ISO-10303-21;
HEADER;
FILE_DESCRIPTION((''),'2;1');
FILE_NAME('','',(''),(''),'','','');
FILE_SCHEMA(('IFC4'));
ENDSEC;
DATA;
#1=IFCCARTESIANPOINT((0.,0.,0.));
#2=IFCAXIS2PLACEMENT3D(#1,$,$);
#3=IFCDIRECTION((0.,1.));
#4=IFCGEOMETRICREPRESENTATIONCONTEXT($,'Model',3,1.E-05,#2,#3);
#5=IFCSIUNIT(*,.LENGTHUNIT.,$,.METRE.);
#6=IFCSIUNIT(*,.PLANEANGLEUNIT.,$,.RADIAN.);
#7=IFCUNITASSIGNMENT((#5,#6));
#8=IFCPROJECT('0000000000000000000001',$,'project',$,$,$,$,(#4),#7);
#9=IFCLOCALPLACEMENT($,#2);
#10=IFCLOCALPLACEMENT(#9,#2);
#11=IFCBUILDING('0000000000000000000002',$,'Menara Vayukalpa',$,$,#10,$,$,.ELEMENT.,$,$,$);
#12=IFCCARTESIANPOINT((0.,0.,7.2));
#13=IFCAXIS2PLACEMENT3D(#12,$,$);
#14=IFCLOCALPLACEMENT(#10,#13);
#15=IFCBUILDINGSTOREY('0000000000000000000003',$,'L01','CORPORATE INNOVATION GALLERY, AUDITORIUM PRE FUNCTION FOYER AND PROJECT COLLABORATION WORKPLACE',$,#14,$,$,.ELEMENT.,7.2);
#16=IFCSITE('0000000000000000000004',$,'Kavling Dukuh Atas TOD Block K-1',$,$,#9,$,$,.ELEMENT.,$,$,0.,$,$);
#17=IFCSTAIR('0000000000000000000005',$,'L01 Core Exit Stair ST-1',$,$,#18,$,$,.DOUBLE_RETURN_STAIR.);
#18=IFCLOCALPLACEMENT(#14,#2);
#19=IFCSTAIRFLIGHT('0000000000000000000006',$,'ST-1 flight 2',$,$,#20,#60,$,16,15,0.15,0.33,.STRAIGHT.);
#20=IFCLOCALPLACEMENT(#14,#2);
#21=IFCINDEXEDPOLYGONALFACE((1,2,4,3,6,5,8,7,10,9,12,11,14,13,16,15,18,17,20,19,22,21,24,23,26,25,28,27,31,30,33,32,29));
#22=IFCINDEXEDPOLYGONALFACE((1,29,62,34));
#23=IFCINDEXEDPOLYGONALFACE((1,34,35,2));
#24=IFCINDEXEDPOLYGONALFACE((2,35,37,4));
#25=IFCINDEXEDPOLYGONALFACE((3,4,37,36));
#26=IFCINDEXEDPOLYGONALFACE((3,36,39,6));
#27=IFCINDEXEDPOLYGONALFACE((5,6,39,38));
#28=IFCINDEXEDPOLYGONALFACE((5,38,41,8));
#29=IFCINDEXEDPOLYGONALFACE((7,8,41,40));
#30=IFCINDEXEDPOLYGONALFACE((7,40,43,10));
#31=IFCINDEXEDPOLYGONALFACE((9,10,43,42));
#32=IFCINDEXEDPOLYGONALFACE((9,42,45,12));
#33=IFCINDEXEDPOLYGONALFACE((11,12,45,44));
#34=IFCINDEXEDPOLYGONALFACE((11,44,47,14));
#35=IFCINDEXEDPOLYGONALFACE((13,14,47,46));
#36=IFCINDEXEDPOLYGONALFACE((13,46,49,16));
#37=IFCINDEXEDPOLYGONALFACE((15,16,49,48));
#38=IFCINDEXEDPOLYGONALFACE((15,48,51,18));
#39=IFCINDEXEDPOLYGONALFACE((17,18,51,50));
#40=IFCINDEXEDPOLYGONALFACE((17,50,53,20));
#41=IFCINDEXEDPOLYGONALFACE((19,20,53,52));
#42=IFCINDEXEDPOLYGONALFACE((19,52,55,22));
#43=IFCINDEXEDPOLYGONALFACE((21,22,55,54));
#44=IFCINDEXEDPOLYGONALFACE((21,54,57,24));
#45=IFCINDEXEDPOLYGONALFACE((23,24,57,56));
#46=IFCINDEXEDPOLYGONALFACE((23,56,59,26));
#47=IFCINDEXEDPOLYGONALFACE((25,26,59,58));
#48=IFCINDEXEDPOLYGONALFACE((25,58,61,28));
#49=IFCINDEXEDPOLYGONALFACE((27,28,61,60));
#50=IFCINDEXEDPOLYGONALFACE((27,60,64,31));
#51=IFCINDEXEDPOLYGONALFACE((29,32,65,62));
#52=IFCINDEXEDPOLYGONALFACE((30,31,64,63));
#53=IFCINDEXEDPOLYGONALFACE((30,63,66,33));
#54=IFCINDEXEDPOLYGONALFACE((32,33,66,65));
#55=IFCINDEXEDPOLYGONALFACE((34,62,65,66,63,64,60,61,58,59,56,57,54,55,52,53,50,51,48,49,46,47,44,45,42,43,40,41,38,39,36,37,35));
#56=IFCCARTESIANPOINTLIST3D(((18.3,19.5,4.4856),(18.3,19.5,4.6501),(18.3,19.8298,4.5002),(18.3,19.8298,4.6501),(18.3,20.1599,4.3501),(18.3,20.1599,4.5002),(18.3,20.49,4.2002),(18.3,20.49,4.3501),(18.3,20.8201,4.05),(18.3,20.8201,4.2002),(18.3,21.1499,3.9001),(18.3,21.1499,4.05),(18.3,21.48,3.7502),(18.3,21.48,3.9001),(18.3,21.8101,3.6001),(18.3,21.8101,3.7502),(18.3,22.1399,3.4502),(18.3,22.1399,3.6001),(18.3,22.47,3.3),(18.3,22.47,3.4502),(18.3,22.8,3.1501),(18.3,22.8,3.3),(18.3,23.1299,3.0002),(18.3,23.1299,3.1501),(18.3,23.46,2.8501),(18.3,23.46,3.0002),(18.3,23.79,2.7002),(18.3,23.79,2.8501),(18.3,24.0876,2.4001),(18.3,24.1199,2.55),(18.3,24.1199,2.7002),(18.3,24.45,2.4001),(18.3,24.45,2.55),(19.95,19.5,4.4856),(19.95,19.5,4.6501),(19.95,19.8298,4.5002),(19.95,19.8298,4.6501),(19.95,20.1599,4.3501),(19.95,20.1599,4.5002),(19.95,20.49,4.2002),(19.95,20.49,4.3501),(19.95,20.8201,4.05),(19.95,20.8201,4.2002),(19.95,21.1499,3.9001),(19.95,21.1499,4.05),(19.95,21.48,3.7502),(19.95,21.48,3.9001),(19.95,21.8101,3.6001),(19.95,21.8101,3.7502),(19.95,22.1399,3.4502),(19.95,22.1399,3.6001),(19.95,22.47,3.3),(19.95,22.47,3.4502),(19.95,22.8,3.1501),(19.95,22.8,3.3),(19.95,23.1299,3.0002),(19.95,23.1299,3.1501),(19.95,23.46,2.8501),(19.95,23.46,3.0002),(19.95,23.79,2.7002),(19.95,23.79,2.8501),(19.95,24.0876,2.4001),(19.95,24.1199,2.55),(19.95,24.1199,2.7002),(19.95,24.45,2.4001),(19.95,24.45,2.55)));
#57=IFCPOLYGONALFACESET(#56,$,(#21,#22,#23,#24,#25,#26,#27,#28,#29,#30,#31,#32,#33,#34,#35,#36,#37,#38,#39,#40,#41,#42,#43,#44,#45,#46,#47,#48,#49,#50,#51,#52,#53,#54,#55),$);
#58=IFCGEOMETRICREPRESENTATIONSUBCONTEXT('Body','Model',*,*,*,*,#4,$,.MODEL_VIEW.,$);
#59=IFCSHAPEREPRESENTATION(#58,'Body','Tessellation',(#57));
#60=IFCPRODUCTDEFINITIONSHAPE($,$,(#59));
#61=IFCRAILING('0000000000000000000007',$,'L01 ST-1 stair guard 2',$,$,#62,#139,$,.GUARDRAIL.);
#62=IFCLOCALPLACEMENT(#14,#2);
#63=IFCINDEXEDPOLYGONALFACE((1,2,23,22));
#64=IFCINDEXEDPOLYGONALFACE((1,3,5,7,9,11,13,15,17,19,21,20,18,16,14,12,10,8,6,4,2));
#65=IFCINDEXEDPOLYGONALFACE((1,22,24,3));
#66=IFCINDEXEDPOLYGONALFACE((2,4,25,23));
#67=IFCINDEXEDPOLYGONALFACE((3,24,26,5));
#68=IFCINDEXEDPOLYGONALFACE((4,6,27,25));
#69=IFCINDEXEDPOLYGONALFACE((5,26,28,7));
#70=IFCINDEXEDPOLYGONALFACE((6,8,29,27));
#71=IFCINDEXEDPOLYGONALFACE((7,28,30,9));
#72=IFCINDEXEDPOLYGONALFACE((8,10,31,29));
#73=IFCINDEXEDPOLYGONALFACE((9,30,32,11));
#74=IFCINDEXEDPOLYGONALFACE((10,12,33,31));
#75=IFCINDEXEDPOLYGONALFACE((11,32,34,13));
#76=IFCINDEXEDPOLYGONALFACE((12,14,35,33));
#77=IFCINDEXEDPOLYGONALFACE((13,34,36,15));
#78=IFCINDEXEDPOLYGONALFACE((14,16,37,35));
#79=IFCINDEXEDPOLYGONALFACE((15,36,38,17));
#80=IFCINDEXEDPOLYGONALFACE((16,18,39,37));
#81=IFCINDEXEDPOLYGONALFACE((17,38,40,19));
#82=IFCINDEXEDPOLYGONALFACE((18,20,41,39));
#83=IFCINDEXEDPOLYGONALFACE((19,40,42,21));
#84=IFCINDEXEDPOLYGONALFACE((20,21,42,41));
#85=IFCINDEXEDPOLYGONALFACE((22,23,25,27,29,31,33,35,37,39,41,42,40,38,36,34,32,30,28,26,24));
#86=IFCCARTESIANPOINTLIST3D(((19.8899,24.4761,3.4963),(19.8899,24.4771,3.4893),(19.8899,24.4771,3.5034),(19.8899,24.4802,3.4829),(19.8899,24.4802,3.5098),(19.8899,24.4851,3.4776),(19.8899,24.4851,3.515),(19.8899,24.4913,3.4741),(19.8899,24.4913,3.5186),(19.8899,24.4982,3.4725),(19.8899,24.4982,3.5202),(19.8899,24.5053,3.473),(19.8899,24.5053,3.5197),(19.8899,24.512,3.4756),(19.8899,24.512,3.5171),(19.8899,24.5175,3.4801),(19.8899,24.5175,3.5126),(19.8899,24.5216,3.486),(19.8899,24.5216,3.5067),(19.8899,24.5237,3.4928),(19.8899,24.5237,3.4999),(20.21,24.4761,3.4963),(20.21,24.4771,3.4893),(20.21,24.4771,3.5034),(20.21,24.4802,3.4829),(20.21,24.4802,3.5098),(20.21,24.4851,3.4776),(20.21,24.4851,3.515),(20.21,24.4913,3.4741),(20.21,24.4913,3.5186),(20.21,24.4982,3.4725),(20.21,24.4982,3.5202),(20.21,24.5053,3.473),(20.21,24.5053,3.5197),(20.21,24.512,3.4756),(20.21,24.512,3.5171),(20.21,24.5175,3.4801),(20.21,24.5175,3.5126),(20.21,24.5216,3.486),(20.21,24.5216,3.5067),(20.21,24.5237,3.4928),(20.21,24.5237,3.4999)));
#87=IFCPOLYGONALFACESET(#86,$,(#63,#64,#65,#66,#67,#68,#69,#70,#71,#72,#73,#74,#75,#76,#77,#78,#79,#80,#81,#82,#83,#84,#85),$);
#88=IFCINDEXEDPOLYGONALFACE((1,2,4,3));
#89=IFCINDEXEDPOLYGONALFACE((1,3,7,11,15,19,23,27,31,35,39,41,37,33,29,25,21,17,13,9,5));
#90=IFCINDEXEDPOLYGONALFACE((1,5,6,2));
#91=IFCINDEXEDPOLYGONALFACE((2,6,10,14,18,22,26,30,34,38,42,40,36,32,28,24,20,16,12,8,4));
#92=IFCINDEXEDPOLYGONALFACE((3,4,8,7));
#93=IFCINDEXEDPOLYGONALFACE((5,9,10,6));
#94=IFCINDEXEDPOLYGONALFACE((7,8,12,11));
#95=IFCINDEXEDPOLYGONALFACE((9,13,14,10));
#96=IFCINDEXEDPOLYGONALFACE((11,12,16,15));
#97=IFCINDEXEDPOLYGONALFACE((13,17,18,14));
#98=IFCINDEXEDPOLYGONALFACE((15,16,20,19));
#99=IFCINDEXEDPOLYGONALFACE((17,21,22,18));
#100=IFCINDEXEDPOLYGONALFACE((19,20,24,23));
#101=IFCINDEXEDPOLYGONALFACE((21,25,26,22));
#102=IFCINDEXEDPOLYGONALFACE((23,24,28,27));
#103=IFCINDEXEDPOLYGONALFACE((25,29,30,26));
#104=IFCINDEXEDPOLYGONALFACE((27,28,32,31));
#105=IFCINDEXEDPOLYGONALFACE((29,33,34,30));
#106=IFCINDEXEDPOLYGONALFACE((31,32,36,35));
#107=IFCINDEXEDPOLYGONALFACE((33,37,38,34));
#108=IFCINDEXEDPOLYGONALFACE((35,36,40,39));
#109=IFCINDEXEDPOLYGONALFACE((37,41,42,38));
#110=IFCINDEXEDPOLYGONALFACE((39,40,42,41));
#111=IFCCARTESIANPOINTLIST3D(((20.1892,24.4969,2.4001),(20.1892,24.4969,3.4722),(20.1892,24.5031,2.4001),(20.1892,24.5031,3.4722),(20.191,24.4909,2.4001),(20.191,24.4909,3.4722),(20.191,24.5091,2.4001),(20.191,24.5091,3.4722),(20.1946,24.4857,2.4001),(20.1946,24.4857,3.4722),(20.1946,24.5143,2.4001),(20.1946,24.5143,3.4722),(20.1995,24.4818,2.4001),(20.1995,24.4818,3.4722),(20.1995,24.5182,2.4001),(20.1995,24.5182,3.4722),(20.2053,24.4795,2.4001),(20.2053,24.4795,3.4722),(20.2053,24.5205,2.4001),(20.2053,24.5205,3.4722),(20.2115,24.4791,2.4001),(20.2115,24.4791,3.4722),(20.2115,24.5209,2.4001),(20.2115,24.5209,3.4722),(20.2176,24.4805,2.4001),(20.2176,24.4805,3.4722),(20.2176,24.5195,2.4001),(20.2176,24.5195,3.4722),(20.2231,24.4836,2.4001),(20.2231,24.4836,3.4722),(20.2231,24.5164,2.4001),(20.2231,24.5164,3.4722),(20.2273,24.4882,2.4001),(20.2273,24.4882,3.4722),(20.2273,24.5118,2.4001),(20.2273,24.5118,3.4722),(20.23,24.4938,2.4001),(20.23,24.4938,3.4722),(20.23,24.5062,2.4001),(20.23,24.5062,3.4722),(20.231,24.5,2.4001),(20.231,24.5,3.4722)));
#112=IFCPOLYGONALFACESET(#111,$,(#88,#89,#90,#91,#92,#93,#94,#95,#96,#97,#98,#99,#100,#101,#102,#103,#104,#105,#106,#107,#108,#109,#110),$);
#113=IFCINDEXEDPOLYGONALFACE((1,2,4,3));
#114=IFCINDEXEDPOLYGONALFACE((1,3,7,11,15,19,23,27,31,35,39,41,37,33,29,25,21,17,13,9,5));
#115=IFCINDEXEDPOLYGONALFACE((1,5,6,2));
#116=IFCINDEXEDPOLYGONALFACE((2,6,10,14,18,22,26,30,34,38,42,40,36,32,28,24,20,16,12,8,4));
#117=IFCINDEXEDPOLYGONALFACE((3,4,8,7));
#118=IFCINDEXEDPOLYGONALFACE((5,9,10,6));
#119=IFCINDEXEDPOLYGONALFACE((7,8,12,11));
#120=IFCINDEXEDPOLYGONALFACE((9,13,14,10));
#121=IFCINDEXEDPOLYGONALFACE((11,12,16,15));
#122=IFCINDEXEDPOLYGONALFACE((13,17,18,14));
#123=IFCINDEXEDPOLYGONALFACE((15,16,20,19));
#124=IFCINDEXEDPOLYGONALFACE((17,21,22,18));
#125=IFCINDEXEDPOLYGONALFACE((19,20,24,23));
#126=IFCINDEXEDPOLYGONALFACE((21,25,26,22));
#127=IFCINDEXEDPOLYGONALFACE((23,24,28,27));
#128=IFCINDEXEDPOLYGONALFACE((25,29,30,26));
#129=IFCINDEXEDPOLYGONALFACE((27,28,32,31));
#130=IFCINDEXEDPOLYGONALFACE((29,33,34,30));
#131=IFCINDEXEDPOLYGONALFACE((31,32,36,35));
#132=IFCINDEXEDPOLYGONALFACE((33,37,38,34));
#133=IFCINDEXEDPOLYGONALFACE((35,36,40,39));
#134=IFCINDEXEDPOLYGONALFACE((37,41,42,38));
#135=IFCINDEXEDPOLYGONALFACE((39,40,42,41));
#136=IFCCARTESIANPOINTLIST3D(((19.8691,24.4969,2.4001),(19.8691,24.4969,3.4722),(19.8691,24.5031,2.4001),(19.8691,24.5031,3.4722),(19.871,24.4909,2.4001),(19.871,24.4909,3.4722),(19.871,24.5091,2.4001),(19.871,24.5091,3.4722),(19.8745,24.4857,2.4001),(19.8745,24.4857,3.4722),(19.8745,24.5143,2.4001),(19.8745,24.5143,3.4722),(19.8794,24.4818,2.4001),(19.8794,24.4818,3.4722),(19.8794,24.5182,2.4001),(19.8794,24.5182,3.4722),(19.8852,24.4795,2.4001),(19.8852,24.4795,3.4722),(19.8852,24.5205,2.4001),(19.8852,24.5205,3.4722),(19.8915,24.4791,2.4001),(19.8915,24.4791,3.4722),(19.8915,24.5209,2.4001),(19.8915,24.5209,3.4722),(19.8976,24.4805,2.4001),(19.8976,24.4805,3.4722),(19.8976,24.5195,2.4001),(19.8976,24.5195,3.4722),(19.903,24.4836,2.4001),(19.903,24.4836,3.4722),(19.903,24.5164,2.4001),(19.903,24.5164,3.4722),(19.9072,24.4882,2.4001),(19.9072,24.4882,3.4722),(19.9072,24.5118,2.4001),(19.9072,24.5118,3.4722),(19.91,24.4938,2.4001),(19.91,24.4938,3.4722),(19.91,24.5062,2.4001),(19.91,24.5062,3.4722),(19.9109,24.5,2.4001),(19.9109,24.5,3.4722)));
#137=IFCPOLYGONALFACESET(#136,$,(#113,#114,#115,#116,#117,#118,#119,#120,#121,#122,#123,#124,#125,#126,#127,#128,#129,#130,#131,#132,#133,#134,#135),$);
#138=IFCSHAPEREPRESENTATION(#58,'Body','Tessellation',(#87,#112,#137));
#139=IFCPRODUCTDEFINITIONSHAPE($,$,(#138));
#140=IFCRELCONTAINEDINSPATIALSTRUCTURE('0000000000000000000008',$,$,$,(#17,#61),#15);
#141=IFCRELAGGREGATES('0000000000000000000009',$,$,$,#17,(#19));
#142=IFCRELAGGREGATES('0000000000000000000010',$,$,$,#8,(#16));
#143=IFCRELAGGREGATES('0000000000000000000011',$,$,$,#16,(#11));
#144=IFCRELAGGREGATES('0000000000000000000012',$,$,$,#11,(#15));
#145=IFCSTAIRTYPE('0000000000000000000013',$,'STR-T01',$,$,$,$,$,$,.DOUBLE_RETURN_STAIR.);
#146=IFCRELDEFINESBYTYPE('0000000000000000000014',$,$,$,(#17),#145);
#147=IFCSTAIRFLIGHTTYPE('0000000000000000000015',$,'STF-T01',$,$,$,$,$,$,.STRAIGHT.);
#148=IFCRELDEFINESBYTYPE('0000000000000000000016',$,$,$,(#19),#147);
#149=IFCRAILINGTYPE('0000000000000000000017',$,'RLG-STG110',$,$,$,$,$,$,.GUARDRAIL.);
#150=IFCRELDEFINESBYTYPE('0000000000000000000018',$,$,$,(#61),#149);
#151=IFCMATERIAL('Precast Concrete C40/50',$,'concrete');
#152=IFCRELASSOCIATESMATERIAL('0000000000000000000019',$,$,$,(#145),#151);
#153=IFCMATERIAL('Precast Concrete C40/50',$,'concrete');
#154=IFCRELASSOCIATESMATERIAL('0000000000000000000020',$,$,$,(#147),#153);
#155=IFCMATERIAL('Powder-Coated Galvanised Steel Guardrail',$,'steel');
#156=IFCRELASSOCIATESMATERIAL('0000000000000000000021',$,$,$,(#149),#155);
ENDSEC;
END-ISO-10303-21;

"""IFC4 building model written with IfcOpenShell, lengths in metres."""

from ifc_helpers import new_model, si_unit, direction, frame, origin, origin_2d, place, context, subcontext, project, spatial, polyline, circle, outline, extrude, material, type_object, element, aggregate, save


model = new_model("IFC4")

# Units and contexts
model_context = context("Model", 3, precision=1e-05, world=origin(), true_north=direction((0.0, 1.0)))
body_context = subcontext(model_context, "Body", "Model", "MODEL_VIEW")
ifc_project = project(units=[si_unit("LENGTHUNIT", "METRE"), si_unit("PLANEANGLEUNIT", "RADIAN")], contexts=[model_context])

# Site, building, storey
site_placement = place(None, origin())
site = spatial("IfcSite", under=ifc_project, at=site_placement, Name="Kavling Dukuh Atas TOD Block K-1", CompositionType="ELEMENT", RefElevation=0.0)
building_placement = place(site_placement, origin())
building = spatial("IfcBuilding", under=site, at=building_placement, Name="Menara Vayukalpa", CompositionType="ELEMENT")
storey_placement = place(building_placement, frame((0.0, 0.0, 7.2)))
storey = spatial("IfcBuildingStorey", under=building, at=storey_placement, Name="L01", Description="CORPORATE INNOVATION GALLERY, AUDITORIUM PRE FUNCTION FOYER AND PROJECT COLLABORATION WORKPLACE", CompositionType="ELEMENT", Elevation=7.2)

# Stair, stair flight
ifc_material_1 = material(Name="Precast Concrete C40/50", Category="concrete")
stair_type = type_object("IfcStairType", Name="STR-T01", PredefinedType="DOUBLE_RETURN_STAIR", material=ifc_material_1)
stair_placement = place(storey_placement, origin())
stair = element("IfcStair", 1, at=stair_placement, inside=storey, type_object=stair_type, Name="L01 Core Exit Stair ST-1", PredefinedType="DOUBLE_RETURN_STAIR")
ifc_material_2 = material(Name="Precast Concrete C40/50", Category="concrete")
stair_flight_type = type_object("IfcStairFlightType", Name="STF-T01", PredefinedType="STRAIGHT", material=ifc_material_2)
stair_flight_placement = place(storey_placement, frame((19.125, 24.45, 2.4001), z_axis=(0.0, 0.0, 1.0), x_axis=(0.0, -1.0, 0.0)))
stair_flight = element("IfcStairFlight", 2, at=stair_flight_placement, type_object=stair_flight_type, Name="ST-1 flight 2", NumberOfRisers=16, NumberOfTreads=15, PredefinedType="STRAIGHT", RiserHeight=0.15, TreadLength=0.33, context=body_context, shape_type="SweptSolid", body=[
    extrude(outline(polyline([(0.0, 0.0), (0.0, 0.1499), (0.3301, 0.1499), (0.3301, 0.3), (0.6599, 0.3), (0.6599, 0.45), (0.99, 0.45), (0.99, 0.6001), (1.3201, 0.6001), (1.3201, 0.75), (1.6499, 0.75), (1.6499, 0.8999), (1.98, 0.8999), (1.98, 1.05), (2.3101, 1.05), (2.3101, 1.2), (2.6399, 1.2), (2.6399, 1.3501), (2.97, 1.3501), (2.97, 1.5), (3.3, 1.5), (3.3, 1.6499), (3.6299, 1.6499), (3.6299, 1.8), (3.96, 1.8), (3.96, 1.95), (4.29, 1.95), (4.29, 2.1001), (4.6201, 2.1001), (4.6201, 2.25), (4.95, 2.25), (4.95, 2.3999), (4.95, 2.0854), (0.3623, 0.0), (0.0, 0.0)])), frame((0.0, 0.825, 0.0), z_axis=(0.0, -1.0, 0.0), x_axis=(1.0, 0.0, 0.0)), (0.0, 0.0, 1.0), 1.6499),
])
aggregate(stair, [stair_flight])

# Railing
ifc_material_3 = material(Name="Powder-Coated Galvanised Steel Guardrail", Category="steel")
railing_type_1 = type_object("IfcRailingType", Name="RLG-STG110", PredefinedType="GUARDRAIL", material=ifc_material_3)
railing_1_placement = place(storey_placement, frame((20.21, 24.5, 2.4001)))
element("IfcRailing", 3, at=railing_1_placement, inside=storey, type_object=railing_type_1, Name="L01 ST-1 stair guard 2", PredefinedType="GUARDRAIL", context=body_context, shape_type="SweptSolid", body=[
    extrude(circle(Radius=0.0239, at=origin_2d()), frame((0.0, 0.0, 1.0962), z_axis=(-1.0, 0.0, 0.0), x_axis=(0.0, -1.0, 0.0)), (0.0, 0.0, 1.0), 0.3201),
    extrude(circle(Radius=0.021, at=origin_2d()), origin(), (0.0, 0.0, 1.0), 1.072),
    extrude(circle(Radius=0.021, at=origin_2d()), frame((-0.3201, 0.0, 0.0)), (0.0, 0.0, 1.0), 1.072),
])

save(model, "model.ifc")
